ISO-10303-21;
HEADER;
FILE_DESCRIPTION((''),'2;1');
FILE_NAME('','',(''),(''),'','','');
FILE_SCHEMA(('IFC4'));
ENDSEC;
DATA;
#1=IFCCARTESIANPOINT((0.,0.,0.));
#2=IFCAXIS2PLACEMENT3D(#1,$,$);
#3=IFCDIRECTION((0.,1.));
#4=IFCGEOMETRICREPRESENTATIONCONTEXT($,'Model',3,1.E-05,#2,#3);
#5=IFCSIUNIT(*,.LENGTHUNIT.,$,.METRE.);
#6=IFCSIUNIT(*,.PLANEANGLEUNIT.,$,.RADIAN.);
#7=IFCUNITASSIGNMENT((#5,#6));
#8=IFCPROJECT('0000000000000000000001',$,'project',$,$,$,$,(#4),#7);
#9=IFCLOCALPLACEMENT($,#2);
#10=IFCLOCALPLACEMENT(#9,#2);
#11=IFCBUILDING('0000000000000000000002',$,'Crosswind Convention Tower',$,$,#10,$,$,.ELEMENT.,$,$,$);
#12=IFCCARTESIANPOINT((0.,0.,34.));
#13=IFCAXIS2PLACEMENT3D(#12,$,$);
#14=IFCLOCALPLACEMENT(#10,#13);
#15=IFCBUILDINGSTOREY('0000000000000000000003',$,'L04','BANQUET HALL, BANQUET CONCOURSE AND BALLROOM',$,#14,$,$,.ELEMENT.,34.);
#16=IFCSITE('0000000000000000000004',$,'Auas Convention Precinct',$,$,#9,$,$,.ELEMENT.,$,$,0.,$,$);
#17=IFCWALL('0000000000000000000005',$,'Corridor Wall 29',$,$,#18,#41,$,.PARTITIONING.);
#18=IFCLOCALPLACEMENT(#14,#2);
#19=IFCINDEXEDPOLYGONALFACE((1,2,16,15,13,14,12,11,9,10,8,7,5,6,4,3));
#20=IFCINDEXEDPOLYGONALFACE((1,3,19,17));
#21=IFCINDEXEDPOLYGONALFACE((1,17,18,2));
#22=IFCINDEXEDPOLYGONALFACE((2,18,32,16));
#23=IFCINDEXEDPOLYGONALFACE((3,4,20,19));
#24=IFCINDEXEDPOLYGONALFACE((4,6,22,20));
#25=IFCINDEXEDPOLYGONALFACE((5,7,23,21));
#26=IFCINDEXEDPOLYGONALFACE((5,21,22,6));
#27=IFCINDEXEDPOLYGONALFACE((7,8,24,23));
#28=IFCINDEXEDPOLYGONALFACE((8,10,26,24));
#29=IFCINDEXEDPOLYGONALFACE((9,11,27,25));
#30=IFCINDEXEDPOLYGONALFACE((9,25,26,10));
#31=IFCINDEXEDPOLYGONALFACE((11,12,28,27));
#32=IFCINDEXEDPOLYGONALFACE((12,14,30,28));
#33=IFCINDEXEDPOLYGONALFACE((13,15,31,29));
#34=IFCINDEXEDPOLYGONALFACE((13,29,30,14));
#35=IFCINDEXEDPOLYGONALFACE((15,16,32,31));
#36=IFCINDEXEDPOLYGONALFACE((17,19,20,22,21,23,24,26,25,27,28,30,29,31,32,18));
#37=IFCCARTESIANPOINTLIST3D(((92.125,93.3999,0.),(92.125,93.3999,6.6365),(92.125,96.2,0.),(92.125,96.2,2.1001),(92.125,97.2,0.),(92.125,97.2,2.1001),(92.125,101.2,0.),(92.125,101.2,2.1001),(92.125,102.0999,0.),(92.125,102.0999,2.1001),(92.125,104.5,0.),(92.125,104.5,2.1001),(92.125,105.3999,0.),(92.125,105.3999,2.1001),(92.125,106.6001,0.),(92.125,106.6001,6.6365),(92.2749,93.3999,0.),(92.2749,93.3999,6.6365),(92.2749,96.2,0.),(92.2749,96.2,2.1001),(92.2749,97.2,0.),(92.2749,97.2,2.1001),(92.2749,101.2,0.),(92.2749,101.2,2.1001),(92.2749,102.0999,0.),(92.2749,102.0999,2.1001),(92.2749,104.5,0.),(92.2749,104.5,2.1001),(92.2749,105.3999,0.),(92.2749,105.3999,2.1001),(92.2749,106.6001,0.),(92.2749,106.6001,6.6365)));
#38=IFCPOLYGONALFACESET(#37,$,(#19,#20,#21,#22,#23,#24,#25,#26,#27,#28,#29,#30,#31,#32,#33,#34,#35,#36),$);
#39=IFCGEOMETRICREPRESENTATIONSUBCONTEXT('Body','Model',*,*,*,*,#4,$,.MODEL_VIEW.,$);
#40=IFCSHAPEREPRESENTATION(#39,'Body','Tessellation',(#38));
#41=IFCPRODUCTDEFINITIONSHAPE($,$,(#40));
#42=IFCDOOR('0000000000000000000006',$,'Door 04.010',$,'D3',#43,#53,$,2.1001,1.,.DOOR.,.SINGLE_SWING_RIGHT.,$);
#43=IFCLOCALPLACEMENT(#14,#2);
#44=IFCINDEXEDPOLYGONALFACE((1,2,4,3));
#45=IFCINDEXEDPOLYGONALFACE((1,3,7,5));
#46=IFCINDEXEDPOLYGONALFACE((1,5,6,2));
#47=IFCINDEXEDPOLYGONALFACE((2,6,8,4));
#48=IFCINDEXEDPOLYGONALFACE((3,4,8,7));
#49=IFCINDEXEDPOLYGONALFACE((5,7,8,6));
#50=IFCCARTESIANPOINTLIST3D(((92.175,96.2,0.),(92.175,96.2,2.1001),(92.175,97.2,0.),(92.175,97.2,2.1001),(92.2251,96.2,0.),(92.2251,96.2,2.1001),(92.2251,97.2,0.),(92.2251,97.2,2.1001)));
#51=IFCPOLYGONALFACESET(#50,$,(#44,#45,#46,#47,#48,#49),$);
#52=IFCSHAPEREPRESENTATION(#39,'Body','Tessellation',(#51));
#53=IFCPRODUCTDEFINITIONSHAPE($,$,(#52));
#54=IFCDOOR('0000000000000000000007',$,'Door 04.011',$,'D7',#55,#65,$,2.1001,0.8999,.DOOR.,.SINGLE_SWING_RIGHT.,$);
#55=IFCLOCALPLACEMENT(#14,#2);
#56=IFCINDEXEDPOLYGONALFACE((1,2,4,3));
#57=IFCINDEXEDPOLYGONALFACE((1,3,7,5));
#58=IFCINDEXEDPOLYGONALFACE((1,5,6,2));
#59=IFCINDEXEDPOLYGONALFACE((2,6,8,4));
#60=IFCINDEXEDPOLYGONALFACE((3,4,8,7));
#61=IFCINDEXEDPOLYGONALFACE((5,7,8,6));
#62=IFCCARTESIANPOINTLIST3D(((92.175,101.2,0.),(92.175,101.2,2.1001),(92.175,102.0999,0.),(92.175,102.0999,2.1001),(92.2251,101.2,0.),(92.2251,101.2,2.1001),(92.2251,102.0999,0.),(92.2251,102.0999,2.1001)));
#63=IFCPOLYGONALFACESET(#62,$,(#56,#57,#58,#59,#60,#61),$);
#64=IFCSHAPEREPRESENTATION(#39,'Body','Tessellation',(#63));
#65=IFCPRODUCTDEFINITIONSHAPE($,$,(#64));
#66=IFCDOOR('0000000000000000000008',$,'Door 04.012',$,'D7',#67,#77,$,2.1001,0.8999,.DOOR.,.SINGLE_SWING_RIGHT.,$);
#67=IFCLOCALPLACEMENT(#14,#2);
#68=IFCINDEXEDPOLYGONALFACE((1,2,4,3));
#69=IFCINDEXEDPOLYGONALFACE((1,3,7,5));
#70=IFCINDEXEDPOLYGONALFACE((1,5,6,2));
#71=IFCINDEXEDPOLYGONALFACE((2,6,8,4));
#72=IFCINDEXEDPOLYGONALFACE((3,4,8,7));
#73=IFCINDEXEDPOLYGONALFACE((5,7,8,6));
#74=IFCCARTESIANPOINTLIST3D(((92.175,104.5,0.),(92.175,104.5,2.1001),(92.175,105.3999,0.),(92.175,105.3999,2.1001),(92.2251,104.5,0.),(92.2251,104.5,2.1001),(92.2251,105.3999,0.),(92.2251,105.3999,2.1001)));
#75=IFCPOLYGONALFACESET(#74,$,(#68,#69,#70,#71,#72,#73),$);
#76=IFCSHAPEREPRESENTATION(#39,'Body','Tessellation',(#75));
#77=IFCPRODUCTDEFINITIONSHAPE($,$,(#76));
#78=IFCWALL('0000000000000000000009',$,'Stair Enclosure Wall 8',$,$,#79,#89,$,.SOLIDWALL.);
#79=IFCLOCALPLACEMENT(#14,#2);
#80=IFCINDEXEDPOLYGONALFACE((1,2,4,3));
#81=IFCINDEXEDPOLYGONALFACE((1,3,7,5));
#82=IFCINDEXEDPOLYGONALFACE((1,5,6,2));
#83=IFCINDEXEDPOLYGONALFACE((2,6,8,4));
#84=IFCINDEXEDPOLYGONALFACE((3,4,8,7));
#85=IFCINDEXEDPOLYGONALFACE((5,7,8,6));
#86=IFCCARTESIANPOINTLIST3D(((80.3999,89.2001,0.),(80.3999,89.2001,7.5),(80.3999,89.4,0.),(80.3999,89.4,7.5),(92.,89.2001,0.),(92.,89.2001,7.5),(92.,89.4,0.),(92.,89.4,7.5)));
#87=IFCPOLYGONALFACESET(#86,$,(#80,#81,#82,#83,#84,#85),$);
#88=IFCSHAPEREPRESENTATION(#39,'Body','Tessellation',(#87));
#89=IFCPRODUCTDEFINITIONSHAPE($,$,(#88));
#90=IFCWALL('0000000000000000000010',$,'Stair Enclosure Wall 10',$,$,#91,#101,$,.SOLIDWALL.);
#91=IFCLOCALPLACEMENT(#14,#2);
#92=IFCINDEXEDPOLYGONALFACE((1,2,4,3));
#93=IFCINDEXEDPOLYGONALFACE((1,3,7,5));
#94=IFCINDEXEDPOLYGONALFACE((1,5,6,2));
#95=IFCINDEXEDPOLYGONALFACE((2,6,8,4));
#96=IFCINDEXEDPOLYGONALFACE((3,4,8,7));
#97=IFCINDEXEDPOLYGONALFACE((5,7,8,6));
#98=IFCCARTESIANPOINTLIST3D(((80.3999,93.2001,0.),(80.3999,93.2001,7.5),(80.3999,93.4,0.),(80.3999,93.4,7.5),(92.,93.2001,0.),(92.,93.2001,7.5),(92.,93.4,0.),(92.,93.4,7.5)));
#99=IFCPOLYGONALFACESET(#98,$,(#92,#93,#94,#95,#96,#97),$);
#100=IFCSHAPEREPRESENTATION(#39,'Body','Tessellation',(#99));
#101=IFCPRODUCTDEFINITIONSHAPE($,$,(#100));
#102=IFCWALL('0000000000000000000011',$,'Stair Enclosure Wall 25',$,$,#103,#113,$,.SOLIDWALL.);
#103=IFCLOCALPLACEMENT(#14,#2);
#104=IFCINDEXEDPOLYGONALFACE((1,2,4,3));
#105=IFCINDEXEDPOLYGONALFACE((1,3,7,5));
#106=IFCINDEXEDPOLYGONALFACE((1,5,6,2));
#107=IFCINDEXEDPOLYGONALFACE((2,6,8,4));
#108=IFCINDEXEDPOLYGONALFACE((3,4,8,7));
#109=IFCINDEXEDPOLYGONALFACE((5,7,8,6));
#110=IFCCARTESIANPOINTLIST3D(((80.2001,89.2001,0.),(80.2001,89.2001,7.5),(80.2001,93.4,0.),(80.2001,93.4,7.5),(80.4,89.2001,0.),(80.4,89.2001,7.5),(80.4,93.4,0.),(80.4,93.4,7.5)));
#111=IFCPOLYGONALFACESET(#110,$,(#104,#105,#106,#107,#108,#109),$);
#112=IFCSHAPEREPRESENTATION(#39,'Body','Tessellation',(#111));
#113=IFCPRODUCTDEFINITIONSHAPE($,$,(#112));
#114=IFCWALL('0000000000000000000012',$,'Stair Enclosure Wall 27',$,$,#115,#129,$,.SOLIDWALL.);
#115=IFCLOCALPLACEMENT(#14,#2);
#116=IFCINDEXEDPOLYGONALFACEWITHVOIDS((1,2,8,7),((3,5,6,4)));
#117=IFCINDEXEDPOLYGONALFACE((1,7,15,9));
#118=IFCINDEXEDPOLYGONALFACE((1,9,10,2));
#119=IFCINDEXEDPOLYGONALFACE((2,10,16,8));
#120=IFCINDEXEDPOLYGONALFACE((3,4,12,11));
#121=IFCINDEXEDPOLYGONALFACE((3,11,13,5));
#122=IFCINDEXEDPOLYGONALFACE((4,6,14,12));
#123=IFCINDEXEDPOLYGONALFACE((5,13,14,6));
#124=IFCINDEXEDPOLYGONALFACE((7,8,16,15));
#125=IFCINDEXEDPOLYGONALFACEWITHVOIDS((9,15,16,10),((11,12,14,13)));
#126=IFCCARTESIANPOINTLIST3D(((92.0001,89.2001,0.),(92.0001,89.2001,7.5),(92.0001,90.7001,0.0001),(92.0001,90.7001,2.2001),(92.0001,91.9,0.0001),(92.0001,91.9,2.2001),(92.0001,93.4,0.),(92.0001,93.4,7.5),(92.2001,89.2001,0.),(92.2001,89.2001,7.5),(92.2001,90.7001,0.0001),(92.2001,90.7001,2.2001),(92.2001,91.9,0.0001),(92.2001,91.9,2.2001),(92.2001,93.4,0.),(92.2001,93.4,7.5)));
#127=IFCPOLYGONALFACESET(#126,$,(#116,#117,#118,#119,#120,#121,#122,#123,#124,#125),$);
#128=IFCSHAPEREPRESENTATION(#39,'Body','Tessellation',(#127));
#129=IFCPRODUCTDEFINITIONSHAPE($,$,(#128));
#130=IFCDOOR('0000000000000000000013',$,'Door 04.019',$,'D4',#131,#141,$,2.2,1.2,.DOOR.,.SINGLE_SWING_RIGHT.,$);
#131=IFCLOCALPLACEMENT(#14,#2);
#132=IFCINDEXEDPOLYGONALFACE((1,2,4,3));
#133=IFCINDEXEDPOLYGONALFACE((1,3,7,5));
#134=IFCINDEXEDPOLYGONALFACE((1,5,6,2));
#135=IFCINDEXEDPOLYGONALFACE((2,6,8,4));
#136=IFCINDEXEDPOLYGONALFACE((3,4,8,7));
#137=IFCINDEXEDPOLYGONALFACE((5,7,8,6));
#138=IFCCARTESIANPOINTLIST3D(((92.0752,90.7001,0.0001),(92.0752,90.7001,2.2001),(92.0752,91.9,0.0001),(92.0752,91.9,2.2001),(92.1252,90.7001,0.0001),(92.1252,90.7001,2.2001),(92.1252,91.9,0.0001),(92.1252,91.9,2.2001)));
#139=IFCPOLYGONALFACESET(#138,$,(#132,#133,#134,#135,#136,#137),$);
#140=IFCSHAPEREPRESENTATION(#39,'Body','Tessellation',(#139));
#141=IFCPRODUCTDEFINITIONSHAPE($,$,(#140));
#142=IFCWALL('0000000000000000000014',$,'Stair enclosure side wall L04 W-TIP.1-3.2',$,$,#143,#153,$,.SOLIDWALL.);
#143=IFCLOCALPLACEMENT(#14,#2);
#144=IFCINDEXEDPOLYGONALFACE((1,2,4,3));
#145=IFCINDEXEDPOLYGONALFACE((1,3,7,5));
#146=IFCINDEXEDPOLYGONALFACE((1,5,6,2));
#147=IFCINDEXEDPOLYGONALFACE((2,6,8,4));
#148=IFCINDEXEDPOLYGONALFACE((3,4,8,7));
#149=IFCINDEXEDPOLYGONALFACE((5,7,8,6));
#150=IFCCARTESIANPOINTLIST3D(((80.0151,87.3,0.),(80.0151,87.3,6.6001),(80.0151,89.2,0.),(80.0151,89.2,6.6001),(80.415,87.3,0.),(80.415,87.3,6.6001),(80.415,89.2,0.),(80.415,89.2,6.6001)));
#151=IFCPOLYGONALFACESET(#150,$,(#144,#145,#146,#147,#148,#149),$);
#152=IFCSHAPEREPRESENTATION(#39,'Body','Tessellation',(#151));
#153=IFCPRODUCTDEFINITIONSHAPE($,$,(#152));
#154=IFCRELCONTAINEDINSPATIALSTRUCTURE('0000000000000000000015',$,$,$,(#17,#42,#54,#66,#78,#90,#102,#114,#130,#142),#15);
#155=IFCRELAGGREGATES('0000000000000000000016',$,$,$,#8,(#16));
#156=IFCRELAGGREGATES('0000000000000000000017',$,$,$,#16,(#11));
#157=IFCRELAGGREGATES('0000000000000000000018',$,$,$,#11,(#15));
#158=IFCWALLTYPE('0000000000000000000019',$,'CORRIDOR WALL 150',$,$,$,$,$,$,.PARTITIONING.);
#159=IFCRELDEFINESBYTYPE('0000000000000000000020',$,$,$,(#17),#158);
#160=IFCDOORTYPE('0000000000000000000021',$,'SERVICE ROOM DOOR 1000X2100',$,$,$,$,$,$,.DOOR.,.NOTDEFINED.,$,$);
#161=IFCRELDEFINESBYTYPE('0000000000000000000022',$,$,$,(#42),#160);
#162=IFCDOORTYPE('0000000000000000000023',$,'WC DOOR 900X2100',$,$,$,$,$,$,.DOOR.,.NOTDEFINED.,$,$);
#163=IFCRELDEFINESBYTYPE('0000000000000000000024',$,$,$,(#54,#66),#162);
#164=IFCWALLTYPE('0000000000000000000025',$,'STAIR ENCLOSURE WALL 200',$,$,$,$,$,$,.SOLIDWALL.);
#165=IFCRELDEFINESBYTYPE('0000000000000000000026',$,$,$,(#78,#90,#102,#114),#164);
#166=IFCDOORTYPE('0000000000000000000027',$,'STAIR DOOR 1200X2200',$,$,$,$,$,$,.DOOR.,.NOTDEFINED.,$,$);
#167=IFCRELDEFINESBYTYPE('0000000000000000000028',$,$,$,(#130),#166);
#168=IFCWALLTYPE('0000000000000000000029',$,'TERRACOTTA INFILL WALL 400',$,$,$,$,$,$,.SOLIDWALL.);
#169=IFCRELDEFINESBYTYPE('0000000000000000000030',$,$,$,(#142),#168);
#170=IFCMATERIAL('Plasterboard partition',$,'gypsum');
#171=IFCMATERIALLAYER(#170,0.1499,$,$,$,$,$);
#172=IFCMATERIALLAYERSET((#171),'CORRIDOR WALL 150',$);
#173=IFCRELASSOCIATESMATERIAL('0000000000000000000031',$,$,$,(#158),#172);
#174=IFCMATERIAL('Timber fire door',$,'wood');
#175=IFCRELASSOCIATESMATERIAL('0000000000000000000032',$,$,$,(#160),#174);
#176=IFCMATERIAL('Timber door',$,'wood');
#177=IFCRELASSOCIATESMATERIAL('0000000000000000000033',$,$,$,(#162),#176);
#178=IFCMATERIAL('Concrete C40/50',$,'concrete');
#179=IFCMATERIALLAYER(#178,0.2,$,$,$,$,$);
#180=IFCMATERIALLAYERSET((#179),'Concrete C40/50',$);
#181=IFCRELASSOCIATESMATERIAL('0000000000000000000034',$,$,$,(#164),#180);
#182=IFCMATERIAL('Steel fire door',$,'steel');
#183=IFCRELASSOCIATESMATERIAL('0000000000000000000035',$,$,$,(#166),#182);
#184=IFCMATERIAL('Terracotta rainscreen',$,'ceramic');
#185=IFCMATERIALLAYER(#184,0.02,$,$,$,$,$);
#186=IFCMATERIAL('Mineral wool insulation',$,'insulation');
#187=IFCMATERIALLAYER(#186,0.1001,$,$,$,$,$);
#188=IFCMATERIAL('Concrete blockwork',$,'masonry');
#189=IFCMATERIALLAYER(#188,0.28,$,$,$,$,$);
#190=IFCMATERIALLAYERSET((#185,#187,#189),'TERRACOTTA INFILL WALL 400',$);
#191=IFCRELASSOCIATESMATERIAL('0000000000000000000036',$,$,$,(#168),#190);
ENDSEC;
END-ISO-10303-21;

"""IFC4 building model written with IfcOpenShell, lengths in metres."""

from ifc_helpers import new_model, si_unit, direction, frame, frame_2d, origin, place, context, subcontext, project, spatial, rectangle, extrude, material, layer, layer_set, type_object, element, fill, save


model = new_model("IFC4")

# Units and contexts
model_context = context("Model", 3, precision=1e-05, world=origin(), true_north=direction((0.0, 1.0)))
body_context = subcontext(model_context, "Body", "Model", "MODEL_VIEW")
ifc_project = project(units=[si_unit("LENGTHUNIT", "METRE"), si_unit("PLANEANGLEUNIT", "RADIAN")], contexts=[model_context])

# Site, building, storey
site_placement = place(None, origin())
site = spatial("IfcSite", under=ifc_project, at=site_placement, Name="Auas Convention Precinct", CompositionType="ELEMENT", RefElevation=0.0)
building_placement = place(site_placement, origin())
building = spatial("IfcBuilding", under=site, at=building_placement, Name="Crosswind Convention Tower", CompositionType="ELEMENT")
storey_placement = place(building_placement, frame((0.0, 0.0, 34.0)))
storey = spatial("IfcBuildingStorey", under=building, at=storey_placement, Name="L04", Description="BANQUET HALL, BANQUET CONCOURSE AND BALLROOM", CompositionType="ELEMENT", Elevation=34.0)

# Wall, openings, doors
ifc_material_1 = material(Name="Plasterboard partition", Category="gypsum")
ifc_layer_1 = layer(ifc_material_1, 0.1499)
ifc_layer_set_1 = layer_set([ifc_layer_1], Name="CORRIDOR WALL 150")
wall_type_1 = type_object("IfcWallType", Name="CORRIDOR WALL 150", PredefinedType="PARTITIONING", material=ifc_layer_set_1)
wall_1_placement = place(storey_placement, frame((92.2, 93.3999, 0.0), z_axis=(0.0, 0.0, 1.0), x_axis=(0.0, 1.0, 0.0)))
wall_1 = element("IfcWall", 1, at=wall_1_placement, inside=storey, type_object=wall_type_1, Name="Corridor Wall 29", PredefinedType="PARTITIONING", context=body_context, shape_type="SweptSolid", body=[
    extrude(rectangle(XDim=13.2002, YDim=0.1499, at=frame_2d((6.6001, 0.0))), origin(), (0.0, 0.0, 1.0), 6.6365),
])
opening_1_placement = place(wall_1_placement, frame((2.8, 0.0, 0.0)))
opening_1 = element("IfcOpeningElement", 2, at=opening_1_placement, cuts=wall_1, PredefinedType="OPENING", context=body_context, shape_type="SweptSolid", body=[
    extrude(rectangle(XDim=1.0, YDim=2.1001, at=frame_2d((0.5, 1.05))), frame((0.0, 0.085, 0.0), z_axis=(0.0, -1.0, 0.0), x_axis=(1.0, 0.0, 0.0)), (0.0, 0.0, 1.0), 0.1699),
])
opening_2_placement = place(wall_1_placement, frame((7.8, 0.0, 0.0)))
opening_2 = element("IfcOpeningElement", 3, at=opening_2_placement, cuts=wall_1, PredefinedType="OPENING", context=body_context, shape_type="SweptSolid", body=[
    extrude(rectangle(XDim=0.8999, YDim=2.1001, at=frame_2d((0.45, 1.05))), frame((0.0, 0.085, 0.0), z_axis=(0.0, -1.0, 0.0), x_axis=(1.0, 0.0, 0.0)), (0.0, 0.0, 1.0), 0.1699),
])
opening_3_placement = place(wall_1_placement, frame((11.1001, 0.0, 0.0)))
opening_3 = element("IfcOpeningElement", 4, at=opening_3_placement, cuts=wall_1, PredefinedType="OPENING", context=body_context, shape_type="SweptSolid", body=[
    extrude(rectangle(XDim=0.8999, YDim=2.1001, at=frame_2d((0.45, 1.05))), frame((0.0, 0.085, 0.0), z_axis=(0.0, -1.0, 0.0), x_axis=(1.0, 0.0, 0.0)), (0.0, 0.0, 1.0), 0.1699),
])
ifc_material_2 = material(Name="Timber fire door", Category="wood")
door_type_1 = type_object("IfcDoorType", Name="SERVICE ROOM DOOR 1000X2100", OperationType="NOTDEFINED", PredefinedType="DOOR", material=ifc_material_2)
door_1_placement = place(opening_1_placement, origin())
door_1 = element("IfcDoor", 5, at=door_1_placement, inside=storey, type_object=door_type_1, Name="Door 04.010", ObjectType="D3", OperationType="SINGLE_SWING_RIGHT", OverallHeight=2.1001, OverallWidth=1.0, PredefinedType="DOOR", context=body_context, shape_type="SweptSolid", body=[
    extrude(rectangle(XDim=1.0, YDim=2.1001, at=frame_2d((0.5, 1.05))), frame((0.0, 0.0249, 0.0), z_axis=(0.0, -1.0, 0.0), x_axis=(1.0, 0.0, 0.0)), (0.0, 0.0, 1.0), 0.05),
])
fill(opening_1, door_1)
ifc_material_3 = material(Name="Timber door", Category="wood")
door_type_2 = type_object("IfcDoorType", Name="WC DOOR 900X2100", OperationType="NOTDEFINED", PredefinedType="DOOR", material=ifc_material_3)
door_2_placement = place(opening_2_placement, origin())
door_2 = element("IfcDoor", 6, at=door_2_placement, inside=storey, type_object=door_type_2, Name="Door 04.011", ObjectType="D7", OperationType="SINGLE_SWING_RIGHT", OverallHeight=2.1001, OverallWidth=0.8999, PredefinedType="DOOR", context=body_context, shape_type="SweptSolid", body=[
    extrude(rectangle(XDim=0.8999, YDim=2.1001, at=frame_2d((0.45, 1.05))), frame((0.0, 0.0249, 0.0), z_axis=(0.0, -1.0, 0.0), x_axis=(1.0, 0.0, 0.0)), (0.0, 0.0, 1.0), 0.05),
])
fill(opening_2, door_2)
door_3_placement = place(opening_3_placement, origin())
door_3 = element("IfcDoor", 7, at=door_3_placement, inside=storey, type_object=door_type_2, Name="Door 04.012", ObjectType="D7", OperationType="SINGLE_SWING_RIGHT", OverallHeight=2.1001, OverallWidth=0.8999, PredefinedType="DOOR", context=body_context, shape_type="SweptSolid", body=[
    extrude(rectangle(XDim=0.8999, YDim=2.1001, at=frame_2d((0.45, 1.05))), frame((0.0, 0.0249, 0.0), z_axis=(0.0, -1.0, 0.0), x_axis=(1.0, 0.0, 0.0)), (0.0, 0.0, 1.0), 0.05),
])
fill(opening_3, door_3)

# Walls
ifc_material_4 = material(Name="Concrete C40/50", Category="concrete")
ifc_layer_2 = layer(ifc_material_4, 0.2)
ifc_layer_set_2 = layer_set([ifc_layer_2], Name="Concrete C40/50")
wall_type_2 = type_object("IfcWallType", Name="STAIR ENCLOSURE WALL 200", PredefinedType="SOLIDWALL", material=ifc_layer_set_2)
for number, where, z_axis, x_axis, name in (
    (8, (80.3999, 89.3, 0.0), (0.0, 0.0, 1.0), (1.0, 0.0, 0.0), "Stair Enclosure Wall 8"),
    (9, (80.3999, 93.3, 0.0), (0.0, 0.0, 1.0), (1.0, 0.0, 0.0), "Stair Enclosure Wall 10"),
):
    element("IfcWall", number, at=place(storey_placement, frame(where, z_axis=z_axis, x_axis=x_axis)), inside=storey, type_object=wall_type_2, Name=name, PredefinedType="SOLIDWALL", context=body_context, shape_type="SweptSolid", body=[
        extrude(rectangle(XDim=11.6001, YDim=0.2, at=frame_2d((5.8, 0.0))), origin(), (0.0, 0.0, 1.0), 7.5),
    ])
wall_2_placement = place(storey_placement, frame((80.3, 89.2, 0.0), z_axis=(0.0, 0.0, 1.0), x_axis=(0.0, 1.0, 0.0)))
element("IfcWall", 10, at=wall_2_placement, inside=storey, type_object=wall_type_2, Name="Stair Enclosure Wall 25", PredefinedType="SOLIDWALL", context=body_context, shape_type="SweptSolid", body=[
    extrude(rectangle(XDim=4.2, YDim=0.2, at=frame_2d((2.1001, 0.0))), origin(), (0.0, 0.0, 1.0), 7.5),
])

# Wall, opening, door
wall_3_placement = place(storey_placement, frame((92.1001, 89.2, 0.0), z_axis=(0.0, 0.0, 1.0), x_axis=(0.0, 1.0, 0.0)))
wall_3 = element("IfcWall", 11, at=wall_3_placement, inside=storey, type_object=wall_type_2, Name="Stair Enclosure Wall 27", PredefinedType="SOLIDWALL", context=body_context, shape_type="SweptSolid", body=[
    extrude(rectangle(XDim=4.2, YDim=0.2, at=frame_2d((2.1001, 0.0))), origin(), (0.0, 0.0, 1.0), 7.5),
])
opening_4_placement = place(wall_3_placement, frame((1.5, 0.0, 0.0)))
opening_4 = element("IfcOpeningElement", 12, at=opening_4_placement, cuts=wall_3, PredefinedType="OPENING", context=body_context, shape_type="SweptSolid", body=[
    extrude(rectangle(XDim=1.2, YDim=2.2, at=frame_2d((0.6001, 1.1001))), frame((0.0, 0.1099, 0.0), z_axis=(0.0, -1.0, 0.0), x_axis=(1.0, 0.0, 0.0)), (0.0, 0.0, 1.0), 0.22),
])
ifc_material_5 = material(Name="Steel fire door", Category="steel")
door_type_3 = type_object("IfcDoorType", Name="STAIR DOOR 1200X2200", OperationType="NOTDEFINED", PredefinedType="DOOR", material=ifc_material_5)
door_4_placement = place(opening_4_placement, origin())
door_4 = element("IfcDoor", 13, at=door_4_placement, inside=storey, type_object=door_type_3, Name="Door 04.019", ObjectType="D4", OperationType="SINGLE_SWING_RIGHT", OverallHeight=2.2, OverallWidth=1.2, PredefinedType="DOOR", context=body_context, shape_type="SweptSolid", body=[
    extrude(rectangle(XDim=1.2, YDim=2.2, at=frame_2d((0.6001, 1.1001))), frame((0.0, 0.0249, 0.0), z_axis=(0.0, -1.0, 0.0), x_axis=(1.0, 0.0, 0.0)), (0.0, 0.0, 1.0), 0.05),
])
fill(opening_4, door_4)

# Wall
ifc_material_6 = material(Name="Terracotta rainscreen", Category="ceramic")
ifc_layer_3 = layer(ifc_material_6, 0.02)
ifc_material_7 = material(Name="Mineral wool insulation", Category="insulation")
ifc_layer_4 = layer(ifc_material_7, 0.1001)
ifc_material_8 = material(Name="Concrete blockwork", Category="masonry")
ifc_layer_5 = layer(ifc_material_8, 0.28)
ifc_layer_set_3 = layer_set([ifc_layer_3, ifc_layer_4, ifc_layer_5], Name="TERRACOTTA INFILL WALL 400")
wall_type_3 = type_object("IfcWallType", Name="TERRACOTTA INFILL WALL 400", PredefinedType="SOLIDWALL", material=ifc_layer_set_3)
wall_4_placement = place(storey_placement, frame((80.2151, 89.2, 0.0), z_axis=(0.0, 0.0, 1.0), x_axis=(0.0, -1.0, 0.0)))
element("IfcWall", 14, at=wall_4_placement, inside=storey, type_object=wall_type_3, Name="Stair enclosure side wall L04 W-TIP.1-3.2", PredefinedType="SOLIDWALL", context=body_context, shape_type="SweptSolid", body=[
    extrude(rectangle(XDim=1.8999, YDim=0.3999, at=frame_2d((0.95, 0.0))), origin(), (0.0, 0.0, 1.0), 6.6001),
])

save(model, "model.ifc")
